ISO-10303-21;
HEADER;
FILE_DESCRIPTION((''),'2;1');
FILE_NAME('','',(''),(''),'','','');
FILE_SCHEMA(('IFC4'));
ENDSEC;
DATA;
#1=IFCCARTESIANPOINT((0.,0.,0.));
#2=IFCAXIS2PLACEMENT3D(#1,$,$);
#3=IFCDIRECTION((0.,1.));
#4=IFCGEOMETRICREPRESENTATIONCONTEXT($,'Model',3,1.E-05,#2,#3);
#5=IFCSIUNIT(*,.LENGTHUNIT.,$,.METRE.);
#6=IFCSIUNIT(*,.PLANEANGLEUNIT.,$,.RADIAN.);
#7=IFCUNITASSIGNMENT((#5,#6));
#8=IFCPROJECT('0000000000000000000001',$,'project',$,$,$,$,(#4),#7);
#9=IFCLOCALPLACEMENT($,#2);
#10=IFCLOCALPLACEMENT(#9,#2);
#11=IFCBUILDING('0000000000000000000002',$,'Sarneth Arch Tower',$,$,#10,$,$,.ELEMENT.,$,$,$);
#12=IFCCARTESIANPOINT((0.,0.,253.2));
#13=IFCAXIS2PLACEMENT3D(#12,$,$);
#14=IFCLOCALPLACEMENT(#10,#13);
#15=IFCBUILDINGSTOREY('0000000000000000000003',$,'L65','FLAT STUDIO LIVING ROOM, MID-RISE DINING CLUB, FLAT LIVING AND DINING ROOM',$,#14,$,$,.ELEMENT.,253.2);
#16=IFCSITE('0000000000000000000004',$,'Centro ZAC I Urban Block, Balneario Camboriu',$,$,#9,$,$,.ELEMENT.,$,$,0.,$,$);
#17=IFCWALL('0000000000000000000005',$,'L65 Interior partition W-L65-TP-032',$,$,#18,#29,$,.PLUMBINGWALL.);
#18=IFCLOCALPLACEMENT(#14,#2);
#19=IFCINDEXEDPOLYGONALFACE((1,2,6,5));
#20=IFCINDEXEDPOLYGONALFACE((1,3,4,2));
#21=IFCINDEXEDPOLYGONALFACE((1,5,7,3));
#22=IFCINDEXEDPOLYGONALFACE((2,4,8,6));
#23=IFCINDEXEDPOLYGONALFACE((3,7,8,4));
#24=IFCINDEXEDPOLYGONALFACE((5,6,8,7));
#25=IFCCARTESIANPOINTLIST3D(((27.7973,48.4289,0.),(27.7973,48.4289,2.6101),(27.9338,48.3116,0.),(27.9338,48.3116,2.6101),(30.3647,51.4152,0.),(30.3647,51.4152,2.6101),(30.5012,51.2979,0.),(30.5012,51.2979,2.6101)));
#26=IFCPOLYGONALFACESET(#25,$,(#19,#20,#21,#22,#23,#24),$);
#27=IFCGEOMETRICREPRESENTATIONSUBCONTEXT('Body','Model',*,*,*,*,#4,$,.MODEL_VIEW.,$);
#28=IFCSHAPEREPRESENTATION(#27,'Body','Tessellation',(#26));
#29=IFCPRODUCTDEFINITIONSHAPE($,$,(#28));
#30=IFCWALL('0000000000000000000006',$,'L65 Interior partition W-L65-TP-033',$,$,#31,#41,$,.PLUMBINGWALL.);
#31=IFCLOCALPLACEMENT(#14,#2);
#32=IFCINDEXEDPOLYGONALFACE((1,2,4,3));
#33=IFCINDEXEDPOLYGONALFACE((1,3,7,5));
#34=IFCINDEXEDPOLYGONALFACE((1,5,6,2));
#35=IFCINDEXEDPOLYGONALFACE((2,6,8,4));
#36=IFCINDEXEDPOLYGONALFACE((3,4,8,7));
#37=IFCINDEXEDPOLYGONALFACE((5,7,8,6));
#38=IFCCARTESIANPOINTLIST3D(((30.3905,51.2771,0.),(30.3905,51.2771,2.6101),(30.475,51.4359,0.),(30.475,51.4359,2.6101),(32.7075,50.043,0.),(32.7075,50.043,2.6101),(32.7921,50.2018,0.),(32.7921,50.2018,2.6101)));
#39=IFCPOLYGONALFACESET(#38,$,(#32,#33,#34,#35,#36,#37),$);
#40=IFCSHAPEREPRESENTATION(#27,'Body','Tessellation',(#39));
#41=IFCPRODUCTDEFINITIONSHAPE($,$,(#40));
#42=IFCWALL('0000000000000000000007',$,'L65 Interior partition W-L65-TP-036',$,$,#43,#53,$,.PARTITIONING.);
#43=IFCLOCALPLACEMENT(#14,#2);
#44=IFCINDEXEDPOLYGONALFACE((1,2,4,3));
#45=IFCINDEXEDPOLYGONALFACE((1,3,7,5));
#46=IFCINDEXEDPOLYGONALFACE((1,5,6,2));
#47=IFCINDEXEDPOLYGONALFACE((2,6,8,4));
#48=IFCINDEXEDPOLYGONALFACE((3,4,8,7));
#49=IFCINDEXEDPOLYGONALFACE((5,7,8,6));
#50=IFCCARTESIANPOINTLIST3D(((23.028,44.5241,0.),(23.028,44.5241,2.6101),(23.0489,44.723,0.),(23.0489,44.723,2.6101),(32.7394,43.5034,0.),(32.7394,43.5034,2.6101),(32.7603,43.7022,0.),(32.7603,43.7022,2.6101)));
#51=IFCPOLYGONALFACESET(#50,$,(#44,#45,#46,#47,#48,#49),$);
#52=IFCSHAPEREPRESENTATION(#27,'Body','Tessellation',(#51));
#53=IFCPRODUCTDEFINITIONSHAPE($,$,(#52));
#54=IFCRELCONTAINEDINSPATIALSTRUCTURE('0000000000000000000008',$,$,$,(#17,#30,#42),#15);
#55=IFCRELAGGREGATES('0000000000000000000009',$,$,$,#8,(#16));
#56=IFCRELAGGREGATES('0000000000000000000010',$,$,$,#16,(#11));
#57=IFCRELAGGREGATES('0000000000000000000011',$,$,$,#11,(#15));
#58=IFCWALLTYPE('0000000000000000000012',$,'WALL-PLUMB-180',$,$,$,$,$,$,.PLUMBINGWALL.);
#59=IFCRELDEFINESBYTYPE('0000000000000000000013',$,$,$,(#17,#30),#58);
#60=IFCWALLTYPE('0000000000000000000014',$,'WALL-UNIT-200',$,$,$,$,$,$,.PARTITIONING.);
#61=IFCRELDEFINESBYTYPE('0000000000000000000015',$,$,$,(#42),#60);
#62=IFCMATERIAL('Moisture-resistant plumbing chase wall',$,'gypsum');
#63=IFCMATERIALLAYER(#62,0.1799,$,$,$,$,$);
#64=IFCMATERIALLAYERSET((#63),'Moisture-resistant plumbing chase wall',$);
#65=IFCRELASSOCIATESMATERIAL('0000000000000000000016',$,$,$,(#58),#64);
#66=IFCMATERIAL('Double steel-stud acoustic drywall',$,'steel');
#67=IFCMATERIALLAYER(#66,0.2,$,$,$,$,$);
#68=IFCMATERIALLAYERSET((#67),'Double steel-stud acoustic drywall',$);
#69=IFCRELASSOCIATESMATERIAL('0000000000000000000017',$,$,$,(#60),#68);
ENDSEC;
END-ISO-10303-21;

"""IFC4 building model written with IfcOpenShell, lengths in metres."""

from ifc_helpers import new_model, si_unit, direction, frame, frame_2d, origin, place, context, subcontext, project, spatial, rectangle, extrude, material, layer, layer_set, type_object, element, save


model = new_model("IFC4")

# Units and contexts
model_context = context("Model", 3, precision=1e-05, world=origin(), true_north=direction((0.0, 1.0)))
body_context = subcontext(model_context, "Body", "Model", "MODEL_VIEW")
ifc_project = project(units=[si_unit("LENGTHUNIT", "METRE"), si_unit("PLANEANGLEUNIT", "RADIAN")], contexts=[model_context])

# Site, building, storey
site_placement = place(None, origin())
site = spatial("IfcSite", under=ifc_project, at=site_placement, Name="Centro ZAC I Urban Block, Balneario Camboriu", CompositionType="ELEMENT", RefElevation=0.0)
building_placement = place(site_placement, origin())
building = spatial("IfcBuilding", under=site, at=building_placement, Name="Sarneth Arch Tower", CompositionType="ELEMENT")
storey_placement = place(building_placement, frame((0.0, 0.0, 253.2)))
storey = spatial("IfcBuildingStorey", under=building, at=storey_placement, Name="L65", Description="FLAT STUDIO LIVING ROOM, MID-RISE DINING CLUB, FLAT LIVING AND DINING ROOM", CompositionType="ELEMENT", Elevation=253.2)

# Shared definitions
ifc_material_1 = material(Name="Moisture-resistant plumbing chase wall", Category="gypsum")
ifc_layer_1 = layer(ifc_material_1, 0.1799)
ifc_layer_set_1 = layer_set([ifc_layer_1], Name="Moisture-resistant plumbing chase wall")
wall_type_1 = type_object("IfcWallType", Name="WALL-PLUMB-180", PredefinedType="PLUMBINGWALL", material=ifc_layer_set_1)

# Walls
wall_1_placement = place(storey_placement, frame((27.8655, 48.3701, 0.0), z_axis=(0.0, 0.0, 1.0), x_axis=(0.651914, 0.758293, 0.0)))
element("IfcWall", 1, at=wall_1_placement, inside=storey, type_object=wall_type_1, Name="L65 Interior partition W-L65-TP-032", PredefinedType="PLUMBINGWALL", context=body_context, shape_type="SweptSolid", body=[
    extrude(rectangle(XDim=3.9382, YDim=0.1799, at=frame_2d((1.9692, 0.0))), origin(), (0.0, 0.0, 1.0), 2.6101),
])
wall_2_placement = place(storey_placement, frame((30.4329, 51.3564, 0.0), z_axis=(0.0, 0.0, 1.0), x_axis=(0.882618, -0.470091, 0.0)))
element("IfcWall", 2, at=wall_2_placement, inside=storey, type_object=wall_type_1, Name="L65 Interior partition W-L65-TP-033", PredefinedType="PLUMBINGWALL", context=body_context, shape_type="SweptSolid", body=[
    extrude(rectangle(XDim=2.6252, YDim=0.1799, at=frame_2d((1.3125, 0.0))), origin(), (0.0, 0.0, 1.0), 2.6101),
])
ifc_material_2 = material(Name="Double steel-stud acoustic drywall", Category="steel")
ifc_layer_2 = layer(ifc_material_2, 0.2)
ifc_layer_set_2 = layer_set([ifc_layer_2], Name="Double steel-stud acoustic drywall")
wall_type_2 = type_object("IfcWallType", Name="WALL-UNIT-200", PredefinedType="PARTITIONING", material=ifc_layer_set_2)
wall_3_placement = place(storey_placement, frame((23.0386, 44.6235, 0.0), z_axis=(0.0, 0.0, 1.0), x_axis=(0.994521, -0.104533, 0.0)))
element("IfcWall", 3, at=wall_3_placement, inside=storey, type_object=wall_type_2, Name="L65 Interior partition W-L65-TP-036", PredefinedType="PARTITIONING", context=body_context, shape_type="SweptSolid", body=[
    extrude(rectangle(XDim=9.7649, YDim=0.2, at=frame_2d((4.8823, 0.0))), origin(), (0.0, 0.0, 1.0), 2.6101),
])

save(model, "model.ifc")
